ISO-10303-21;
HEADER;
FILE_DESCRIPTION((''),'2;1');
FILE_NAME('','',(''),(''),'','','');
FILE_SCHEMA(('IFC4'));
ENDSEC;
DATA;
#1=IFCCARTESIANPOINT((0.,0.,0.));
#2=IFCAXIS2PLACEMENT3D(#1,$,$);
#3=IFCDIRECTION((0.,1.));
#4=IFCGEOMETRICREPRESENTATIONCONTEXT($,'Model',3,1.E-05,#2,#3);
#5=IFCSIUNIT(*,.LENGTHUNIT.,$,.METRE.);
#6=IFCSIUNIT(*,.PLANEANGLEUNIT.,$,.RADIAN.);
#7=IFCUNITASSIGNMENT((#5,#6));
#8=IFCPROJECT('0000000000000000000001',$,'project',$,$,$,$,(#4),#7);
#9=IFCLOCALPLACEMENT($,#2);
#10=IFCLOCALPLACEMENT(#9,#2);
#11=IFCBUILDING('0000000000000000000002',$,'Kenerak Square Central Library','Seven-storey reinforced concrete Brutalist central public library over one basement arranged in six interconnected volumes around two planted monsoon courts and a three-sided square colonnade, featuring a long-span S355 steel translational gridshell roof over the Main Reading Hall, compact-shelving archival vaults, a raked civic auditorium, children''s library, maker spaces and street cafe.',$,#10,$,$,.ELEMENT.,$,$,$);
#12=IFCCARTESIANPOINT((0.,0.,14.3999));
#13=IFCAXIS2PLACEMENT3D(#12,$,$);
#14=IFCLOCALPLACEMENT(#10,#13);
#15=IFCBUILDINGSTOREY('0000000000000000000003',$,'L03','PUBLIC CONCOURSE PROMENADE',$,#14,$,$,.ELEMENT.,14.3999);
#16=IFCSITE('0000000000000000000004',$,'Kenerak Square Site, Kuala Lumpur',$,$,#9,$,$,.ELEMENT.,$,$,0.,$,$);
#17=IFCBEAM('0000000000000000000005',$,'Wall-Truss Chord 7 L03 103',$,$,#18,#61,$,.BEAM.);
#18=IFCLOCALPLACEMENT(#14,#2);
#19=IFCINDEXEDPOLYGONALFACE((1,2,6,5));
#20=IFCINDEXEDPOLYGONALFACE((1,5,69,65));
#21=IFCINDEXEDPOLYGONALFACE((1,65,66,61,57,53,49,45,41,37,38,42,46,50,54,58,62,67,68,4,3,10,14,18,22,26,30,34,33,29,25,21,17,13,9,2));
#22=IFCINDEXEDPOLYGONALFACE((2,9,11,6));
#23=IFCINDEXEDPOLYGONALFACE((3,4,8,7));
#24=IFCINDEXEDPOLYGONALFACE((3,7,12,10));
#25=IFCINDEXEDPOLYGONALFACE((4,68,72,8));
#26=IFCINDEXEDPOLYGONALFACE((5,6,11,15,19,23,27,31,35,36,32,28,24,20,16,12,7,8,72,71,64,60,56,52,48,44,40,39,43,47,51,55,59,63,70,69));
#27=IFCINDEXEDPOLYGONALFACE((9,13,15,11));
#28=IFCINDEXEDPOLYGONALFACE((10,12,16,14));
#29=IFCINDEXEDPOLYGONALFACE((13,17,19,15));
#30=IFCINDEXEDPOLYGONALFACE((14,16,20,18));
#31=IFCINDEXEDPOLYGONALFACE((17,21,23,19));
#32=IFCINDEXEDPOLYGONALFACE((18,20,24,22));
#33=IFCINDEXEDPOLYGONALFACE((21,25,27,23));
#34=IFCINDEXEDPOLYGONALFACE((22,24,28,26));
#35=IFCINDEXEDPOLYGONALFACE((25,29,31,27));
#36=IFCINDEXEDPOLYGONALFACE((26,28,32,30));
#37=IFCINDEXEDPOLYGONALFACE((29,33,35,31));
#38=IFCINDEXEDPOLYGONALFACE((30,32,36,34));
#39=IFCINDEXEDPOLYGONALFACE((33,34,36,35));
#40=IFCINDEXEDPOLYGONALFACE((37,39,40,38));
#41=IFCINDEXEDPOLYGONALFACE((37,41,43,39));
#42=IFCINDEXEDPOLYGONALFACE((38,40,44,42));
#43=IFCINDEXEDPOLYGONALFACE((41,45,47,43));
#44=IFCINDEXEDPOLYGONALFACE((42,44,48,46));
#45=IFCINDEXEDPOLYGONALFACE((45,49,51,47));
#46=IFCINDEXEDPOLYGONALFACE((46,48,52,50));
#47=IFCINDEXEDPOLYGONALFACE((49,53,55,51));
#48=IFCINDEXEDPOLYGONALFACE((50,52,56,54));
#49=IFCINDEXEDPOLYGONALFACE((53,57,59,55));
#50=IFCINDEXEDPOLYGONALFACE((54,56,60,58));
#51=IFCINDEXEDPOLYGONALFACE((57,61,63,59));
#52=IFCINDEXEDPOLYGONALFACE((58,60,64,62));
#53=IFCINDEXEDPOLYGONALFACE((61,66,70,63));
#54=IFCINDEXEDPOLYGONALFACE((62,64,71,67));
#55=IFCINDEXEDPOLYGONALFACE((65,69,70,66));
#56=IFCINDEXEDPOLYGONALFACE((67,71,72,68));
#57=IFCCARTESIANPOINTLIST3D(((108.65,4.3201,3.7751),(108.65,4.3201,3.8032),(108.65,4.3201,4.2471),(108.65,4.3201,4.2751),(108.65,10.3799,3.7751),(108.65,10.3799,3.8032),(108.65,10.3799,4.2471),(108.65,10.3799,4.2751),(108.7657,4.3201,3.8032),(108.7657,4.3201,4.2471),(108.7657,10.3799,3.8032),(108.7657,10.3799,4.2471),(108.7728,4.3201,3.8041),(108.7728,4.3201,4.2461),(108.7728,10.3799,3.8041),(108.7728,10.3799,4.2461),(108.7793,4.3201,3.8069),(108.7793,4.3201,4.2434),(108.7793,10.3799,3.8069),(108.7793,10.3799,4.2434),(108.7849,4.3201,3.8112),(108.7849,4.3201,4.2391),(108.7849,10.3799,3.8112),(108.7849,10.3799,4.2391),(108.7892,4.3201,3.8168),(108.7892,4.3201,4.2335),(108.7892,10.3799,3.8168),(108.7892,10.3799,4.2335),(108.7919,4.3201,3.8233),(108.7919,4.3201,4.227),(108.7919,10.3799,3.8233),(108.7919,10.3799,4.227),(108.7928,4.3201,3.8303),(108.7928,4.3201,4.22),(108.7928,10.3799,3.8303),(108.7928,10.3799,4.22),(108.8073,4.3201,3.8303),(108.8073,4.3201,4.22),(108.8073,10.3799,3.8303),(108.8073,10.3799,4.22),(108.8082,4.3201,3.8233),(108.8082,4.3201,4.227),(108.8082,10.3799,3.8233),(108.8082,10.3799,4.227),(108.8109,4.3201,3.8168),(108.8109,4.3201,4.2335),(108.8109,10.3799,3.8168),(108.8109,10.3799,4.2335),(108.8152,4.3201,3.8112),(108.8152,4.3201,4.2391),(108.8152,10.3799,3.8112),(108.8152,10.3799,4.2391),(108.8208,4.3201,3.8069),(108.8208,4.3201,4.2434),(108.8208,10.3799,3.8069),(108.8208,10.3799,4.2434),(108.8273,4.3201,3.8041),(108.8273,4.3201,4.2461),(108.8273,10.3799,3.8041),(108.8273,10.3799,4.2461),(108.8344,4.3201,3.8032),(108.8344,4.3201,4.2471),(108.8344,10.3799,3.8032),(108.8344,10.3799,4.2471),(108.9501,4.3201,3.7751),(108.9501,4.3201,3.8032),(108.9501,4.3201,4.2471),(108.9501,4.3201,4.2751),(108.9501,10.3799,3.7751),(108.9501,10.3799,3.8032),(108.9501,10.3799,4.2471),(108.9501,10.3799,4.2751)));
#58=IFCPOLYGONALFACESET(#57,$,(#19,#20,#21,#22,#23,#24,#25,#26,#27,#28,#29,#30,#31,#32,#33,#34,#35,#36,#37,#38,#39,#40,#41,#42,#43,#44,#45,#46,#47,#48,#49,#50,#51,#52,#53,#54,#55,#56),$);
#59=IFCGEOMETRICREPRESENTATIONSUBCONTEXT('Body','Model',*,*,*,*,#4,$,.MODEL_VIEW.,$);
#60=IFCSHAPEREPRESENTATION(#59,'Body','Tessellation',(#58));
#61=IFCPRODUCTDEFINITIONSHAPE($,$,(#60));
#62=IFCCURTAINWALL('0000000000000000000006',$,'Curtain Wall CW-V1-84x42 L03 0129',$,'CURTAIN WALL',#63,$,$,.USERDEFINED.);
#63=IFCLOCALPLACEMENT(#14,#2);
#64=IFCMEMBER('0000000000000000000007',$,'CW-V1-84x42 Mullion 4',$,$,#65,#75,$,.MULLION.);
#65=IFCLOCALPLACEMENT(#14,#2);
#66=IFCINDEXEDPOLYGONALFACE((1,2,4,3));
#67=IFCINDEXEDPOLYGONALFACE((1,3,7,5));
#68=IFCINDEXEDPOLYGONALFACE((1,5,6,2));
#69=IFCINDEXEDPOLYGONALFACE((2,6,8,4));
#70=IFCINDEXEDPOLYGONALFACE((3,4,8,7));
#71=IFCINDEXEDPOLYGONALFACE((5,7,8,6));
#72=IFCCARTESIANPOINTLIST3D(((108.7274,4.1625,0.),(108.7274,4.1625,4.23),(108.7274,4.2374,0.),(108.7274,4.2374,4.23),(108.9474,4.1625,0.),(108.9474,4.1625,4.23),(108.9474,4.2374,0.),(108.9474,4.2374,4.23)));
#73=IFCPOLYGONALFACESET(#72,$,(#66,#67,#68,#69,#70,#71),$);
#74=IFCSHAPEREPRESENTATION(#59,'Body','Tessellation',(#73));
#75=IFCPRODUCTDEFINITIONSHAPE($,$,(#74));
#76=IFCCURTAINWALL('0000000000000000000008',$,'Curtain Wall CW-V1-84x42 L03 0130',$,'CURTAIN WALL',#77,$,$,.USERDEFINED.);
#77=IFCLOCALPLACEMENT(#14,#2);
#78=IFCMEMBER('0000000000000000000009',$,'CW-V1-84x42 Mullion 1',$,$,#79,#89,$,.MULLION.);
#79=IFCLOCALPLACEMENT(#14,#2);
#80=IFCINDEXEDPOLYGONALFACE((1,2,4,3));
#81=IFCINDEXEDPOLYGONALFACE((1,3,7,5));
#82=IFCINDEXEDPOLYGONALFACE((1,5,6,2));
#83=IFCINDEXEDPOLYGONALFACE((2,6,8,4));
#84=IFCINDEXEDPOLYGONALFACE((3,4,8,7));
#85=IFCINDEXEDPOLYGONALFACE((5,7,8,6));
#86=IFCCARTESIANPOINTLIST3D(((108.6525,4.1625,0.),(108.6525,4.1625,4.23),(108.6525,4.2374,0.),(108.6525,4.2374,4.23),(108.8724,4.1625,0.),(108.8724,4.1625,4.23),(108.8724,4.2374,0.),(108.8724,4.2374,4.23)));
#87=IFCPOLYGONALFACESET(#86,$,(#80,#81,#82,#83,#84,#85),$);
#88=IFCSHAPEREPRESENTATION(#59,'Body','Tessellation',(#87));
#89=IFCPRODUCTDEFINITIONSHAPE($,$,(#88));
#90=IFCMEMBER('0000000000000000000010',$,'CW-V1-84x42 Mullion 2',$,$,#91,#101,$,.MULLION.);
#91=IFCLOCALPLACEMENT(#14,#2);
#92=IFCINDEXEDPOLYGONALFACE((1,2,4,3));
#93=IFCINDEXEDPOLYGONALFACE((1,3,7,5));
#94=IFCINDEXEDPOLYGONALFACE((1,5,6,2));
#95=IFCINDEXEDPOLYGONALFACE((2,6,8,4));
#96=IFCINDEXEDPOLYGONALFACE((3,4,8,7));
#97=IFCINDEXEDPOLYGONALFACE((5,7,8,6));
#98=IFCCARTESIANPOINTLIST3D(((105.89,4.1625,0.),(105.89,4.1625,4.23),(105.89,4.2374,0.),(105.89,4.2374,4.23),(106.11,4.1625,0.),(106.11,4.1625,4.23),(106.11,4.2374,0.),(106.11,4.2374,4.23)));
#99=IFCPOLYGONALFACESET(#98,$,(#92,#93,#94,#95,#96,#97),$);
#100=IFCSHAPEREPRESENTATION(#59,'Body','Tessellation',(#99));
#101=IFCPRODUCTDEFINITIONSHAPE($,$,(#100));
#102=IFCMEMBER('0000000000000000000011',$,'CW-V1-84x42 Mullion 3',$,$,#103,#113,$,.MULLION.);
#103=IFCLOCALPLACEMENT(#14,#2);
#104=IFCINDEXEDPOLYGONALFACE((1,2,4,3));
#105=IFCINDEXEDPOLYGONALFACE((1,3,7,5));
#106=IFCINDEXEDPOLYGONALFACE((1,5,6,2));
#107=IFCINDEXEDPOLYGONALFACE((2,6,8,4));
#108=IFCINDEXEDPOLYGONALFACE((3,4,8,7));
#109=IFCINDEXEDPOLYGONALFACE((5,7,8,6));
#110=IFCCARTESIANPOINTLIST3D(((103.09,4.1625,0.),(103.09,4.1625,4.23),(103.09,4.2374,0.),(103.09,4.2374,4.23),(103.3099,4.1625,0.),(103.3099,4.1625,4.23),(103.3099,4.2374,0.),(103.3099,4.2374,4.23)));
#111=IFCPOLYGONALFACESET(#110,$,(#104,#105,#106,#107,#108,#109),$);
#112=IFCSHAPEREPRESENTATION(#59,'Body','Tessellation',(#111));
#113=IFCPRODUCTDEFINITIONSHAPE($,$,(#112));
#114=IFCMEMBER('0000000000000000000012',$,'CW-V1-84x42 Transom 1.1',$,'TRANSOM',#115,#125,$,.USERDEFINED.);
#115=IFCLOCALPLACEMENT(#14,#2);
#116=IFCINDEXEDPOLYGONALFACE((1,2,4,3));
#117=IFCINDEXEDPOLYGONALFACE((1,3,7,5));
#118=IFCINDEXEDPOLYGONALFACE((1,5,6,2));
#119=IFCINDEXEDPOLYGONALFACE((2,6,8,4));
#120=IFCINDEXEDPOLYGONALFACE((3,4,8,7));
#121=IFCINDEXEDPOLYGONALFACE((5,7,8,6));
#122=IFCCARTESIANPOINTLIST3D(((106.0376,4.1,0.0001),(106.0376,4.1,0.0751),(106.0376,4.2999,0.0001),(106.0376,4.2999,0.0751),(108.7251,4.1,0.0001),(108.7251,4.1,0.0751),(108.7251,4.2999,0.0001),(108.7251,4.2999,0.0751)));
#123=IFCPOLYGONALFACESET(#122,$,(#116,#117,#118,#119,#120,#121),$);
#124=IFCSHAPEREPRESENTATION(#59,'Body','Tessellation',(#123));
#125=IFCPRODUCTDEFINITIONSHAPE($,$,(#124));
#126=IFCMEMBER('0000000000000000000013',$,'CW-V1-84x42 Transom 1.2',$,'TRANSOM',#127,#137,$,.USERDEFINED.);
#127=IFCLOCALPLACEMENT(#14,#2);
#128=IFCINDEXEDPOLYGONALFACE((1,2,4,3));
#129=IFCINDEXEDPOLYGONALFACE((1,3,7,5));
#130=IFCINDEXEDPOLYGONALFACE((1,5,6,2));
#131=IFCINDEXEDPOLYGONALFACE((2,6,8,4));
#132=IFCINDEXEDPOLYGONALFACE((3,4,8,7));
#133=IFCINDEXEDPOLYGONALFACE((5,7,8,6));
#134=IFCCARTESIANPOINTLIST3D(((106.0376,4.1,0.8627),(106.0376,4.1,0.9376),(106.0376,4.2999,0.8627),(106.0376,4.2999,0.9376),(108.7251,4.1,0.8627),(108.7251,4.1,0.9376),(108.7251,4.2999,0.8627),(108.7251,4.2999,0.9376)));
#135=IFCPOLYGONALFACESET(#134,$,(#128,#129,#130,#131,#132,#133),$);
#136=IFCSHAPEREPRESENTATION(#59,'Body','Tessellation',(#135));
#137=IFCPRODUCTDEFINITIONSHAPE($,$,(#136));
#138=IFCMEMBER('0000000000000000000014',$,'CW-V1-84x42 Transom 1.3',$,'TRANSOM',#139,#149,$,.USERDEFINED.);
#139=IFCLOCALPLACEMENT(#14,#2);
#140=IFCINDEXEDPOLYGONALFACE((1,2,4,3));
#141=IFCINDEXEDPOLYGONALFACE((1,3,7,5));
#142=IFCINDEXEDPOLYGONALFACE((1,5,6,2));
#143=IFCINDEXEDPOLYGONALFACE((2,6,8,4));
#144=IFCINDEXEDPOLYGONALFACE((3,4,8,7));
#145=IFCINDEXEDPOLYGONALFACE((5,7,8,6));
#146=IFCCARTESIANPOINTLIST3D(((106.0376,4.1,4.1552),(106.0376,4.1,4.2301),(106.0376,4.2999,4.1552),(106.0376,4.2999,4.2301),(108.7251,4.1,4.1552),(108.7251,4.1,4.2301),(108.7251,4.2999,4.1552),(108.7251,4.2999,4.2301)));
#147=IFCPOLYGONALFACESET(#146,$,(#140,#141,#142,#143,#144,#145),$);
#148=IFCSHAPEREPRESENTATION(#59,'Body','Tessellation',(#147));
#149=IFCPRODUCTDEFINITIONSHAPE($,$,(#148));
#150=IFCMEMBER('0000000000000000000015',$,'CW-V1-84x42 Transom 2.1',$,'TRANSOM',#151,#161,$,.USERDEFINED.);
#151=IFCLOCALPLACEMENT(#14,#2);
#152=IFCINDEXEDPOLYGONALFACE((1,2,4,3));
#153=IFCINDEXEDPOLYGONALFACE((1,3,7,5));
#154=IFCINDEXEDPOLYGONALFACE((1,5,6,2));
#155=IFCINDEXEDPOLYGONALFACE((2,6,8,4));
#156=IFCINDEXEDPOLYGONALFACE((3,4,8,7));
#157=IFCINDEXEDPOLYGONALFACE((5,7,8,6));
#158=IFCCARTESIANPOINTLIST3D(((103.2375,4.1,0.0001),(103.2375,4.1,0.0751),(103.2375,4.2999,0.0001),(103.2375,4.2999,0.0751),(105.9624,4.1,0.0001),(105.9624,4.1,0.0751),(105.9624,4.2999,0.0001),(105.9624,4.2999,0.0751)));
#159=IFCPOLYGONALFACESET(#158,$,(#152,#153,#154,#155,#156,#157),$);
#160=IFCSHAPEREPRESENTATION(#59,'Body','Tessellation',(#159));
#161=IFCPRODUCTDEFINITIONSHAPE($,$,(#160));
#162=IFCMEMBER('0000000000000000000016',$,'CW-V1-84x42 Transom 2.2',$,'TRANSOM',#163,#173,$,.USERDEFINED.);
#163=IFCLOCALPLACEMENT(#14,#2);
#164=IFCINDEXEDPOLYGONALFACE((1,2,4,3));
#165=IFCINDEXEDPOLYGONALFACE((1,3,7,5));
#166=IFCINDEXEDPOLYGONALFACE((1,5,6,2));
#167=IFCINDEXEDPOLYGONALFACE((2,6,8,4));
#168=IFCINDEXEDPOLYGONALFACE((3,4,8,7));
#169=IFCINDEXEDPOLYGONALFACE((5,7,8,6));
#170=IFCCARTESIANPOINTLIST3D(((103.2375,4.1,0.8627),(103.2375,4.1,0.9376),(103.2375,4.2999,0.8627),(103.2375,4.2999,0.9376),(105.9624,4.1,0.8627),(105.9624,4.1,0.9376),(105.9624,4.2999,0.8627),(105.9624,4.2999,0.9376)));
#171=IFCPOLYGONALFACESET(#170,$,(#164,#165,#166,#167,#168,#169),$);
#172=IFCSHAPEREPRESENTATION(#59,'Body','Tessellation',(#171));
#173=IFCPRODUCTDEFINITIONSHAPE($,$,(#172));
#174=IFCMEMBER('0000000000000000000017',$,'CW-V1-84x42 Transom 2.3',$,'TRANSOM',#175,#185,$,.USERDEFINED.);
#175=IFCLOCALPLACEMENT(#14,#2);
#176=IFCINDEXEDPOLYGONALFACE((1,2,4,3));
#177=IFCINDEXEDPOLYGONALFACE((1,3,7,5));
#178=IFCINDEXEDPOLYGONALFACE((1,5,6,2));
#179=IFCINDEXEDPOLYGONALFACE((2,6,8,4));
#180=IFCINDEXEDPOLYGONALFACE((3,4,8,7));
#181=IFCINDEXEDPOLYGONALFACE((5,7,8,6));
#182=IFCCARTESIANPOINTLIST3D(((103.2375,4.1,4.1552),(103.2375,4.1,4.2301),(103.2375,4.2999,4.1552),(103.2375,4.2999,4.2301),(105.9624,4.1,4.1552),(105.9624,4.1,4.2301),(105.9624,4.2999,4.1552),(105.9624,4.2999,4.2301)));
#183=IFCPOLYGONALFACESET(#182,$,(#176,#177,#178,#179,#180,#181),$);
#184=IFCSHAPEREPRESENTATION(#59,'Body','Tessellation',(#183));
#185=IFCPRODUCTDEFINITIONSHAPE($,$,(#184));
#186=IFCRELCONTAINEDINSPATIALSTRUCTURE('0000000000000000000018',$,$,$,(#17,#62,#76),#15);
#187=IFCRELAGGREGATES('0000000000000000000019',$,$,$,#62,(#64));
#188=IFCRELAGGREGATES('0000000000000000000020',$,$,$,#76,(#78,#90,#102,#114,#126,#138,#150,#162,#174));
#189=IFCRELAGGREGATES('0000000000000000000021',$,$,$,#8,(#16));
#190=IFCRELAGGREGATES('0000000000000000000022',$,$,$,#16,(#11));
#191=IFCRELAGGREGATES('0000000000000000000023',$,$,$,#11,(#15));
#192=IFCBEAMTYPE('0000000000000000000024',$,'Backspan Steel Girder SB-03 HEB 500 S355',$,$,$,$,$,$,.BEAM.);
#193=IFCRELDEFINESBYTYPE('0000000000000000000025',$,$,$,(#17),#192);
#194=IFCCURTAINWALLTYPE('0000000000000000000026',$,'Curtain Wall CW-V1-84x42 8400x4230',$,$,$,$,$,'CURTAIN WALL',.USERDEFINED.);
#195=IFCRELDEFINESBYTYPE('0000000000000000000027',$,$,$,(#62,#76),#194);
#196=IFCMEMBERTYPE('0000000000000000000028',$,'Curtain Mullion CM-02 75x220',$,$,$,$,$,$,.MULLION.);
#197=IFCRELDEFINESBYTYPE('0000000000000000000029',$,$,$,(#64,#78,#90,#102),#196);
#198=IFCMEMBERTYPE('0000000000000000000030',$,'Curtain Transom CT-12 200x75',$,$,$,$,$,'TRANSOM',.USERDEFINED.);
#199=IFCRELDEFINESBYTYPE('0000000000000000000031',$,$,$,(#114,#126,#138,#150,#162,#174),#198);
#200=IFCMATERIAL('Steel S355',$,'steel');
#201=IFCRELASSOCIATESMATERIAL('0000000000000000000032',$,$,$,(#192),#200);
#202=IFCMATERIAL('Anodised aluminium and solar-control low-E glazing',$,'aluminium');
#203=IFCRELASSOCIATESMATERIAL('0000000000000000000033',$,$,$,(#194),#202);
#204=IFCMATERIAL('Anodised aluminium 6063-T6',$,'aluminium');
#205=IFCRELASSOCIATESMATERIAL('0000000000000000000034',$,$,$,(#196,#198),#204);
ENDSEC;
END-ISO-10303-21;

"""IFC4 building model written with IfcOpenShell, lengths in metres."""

from ifc_helpers import new_model, si_unit, direction, frame, origin, origin_2d, place, context, subcontext, project, spatial, rectangle, i_section, extrude, material, material_profile, profile_set, type_object, element, aggregate, save


model = new_model("IFC4")

# Units and contexts
model_context = context("Model", 3, precision=1e-05, world=origin(), true_north=direction((0.0, 1.0)))
body_context = subcontext(model_context, "Body", "Model", "MODEL_VIEW")
ifc_project = project(units=[si_unit("LENGTHUNIT", "METRE"), si_unit("PLANEANGLEUNIT", "RADIAN")], contexts=[model_context])

# Site, building, storey
site_placement = place(None, origin())
site = spatial("IfcSite", under=ifc_project, at=site_placement, Name="Kenerak Square Site, Kuala Lumpur", CompositionType="ELEMENT", RefElevation=0.0)
building_placement = place(site_placement, origin())
building = spatial("IfcBuilding", under=site, at=building_placement, Name="Kenerak Square Central Library", Description="Seven-storey reinforced concrete Brutalist central public library over one basement arranged in six interconnected volumes around two planted monsoon courts and a three-sided square colonnade, featuring a long-span S355 steel translational gridshell roof over the Main Reading Hall, compact-shelving archival vaults, a raked civic auditorium, children's library, maker spaces and street cafe.", CompositionType="ELEMENT")
storey_placement = place(building_placement, frame((0.0, 0.0, 14.3999)))
storey = spatial("IfcBuildingStorey", under=building, at=storey_placement, Name="L03", Description="PUBLIC CONCOURSE PROMENADE", CompositionType="ELEMENT", Elevation=14.3999)

# Beam
ifc_material_1 = material(Name="Steel S355", Category="steel")
ifc_material_profile_1 = material_profile(ifc_material_1, i_section(OverallWidth=0.3, OverallDepth=0.5, WebThickness=0.0144, FlangeThickness=0.0281, FilletRadius=0.0271, at=origin_2d()), Name="HEB 500")
ifc_profile_set_1 = profile_set([ifc_material_profile_1], Name="Steel S355")
beam_type_1 = type_object("IfcBeamType", Name="Backspan Steel Girder SB-03 HEB 500 S355", PredefinedType="BEAM", material=ifc_profile_set_1)
beam_1_placement = place(storey_placement, frame((108.8, 4.3201, 4.0251), z_axis=(0.0, 1.0, 0.0), x_axis=(-1.0, 0.0, 0.0)))
element("IfcBeam", 1, at=beam_1_placement, inside=storey, type_object=beam_type_1, Name="Wall-Truss Chord 7 L03 103", PredefinedType="BEAM", context=body_context, shape_type="SweptSolid", body=[
    extrude(i_section(OverallWidth=0.3, OverallDepth=0.5, WebThickness=0.0144, FlangeThickness=0.0281, FilletRadius=0.0271, at=origin_2d()), origin(), (0.0, 0.0, 1.0), 6.0598),
])

# Curtain wall, member
ifc_material_2 = material(Name="Anodised aluminium and solar-control low-E glazing", Category="aluminium")
curtain_wall_type = type_object("IfcCurtainWallType", Name="Curtain Wall CW-V1-84x42 8400x4230", ElementType="CURTAIN WALL", PredefinedType="USERDEFINED", material=ifc_material_2)
curtain_wall_1_placement = place(storey_placement, origin())
curtain_wall_1 = element("IfcCurtainWall", 2, at=curtain_wall_1_placement, inside=storey, type_object=curtain_wall_type, Name="Curtain Wall CW-V1-84x42 L03 0129", ObjectType="CURTAIN WALL", PredefinedType="USERDEFINED")
ifc_material_3 = material(Name="Anodised aluminium 6063-T6", Category="aluminium")
ifc_material_profile_2 = material_profile(ifc_material_3, rectangle(XDim=0.075, YDim=0.22, at=origin_2d()), Name="AL MULLION 75x220")
ifc_profile_set_2 = profile_set([ifc_material_profile_2], Name="Anodised aluminium 6063-T6")
member_type_1 = type_object("IfcMemberType", Name="Curtain Mullion CM-02 75x220", PredefinedType="MULLION", material=ifc_profile_set_2)
member_1_placement = place(storey_placement, frame((108.8374, 4.2, 0.0), z_axis=(0.0, 0.0, 1.0), x_axis=(0.0, -1.0, 0.0)))
member_1 = element("IfcMember", 3, at=member_1_placement, type_object=member_type_1, Name="CW-V1-84x42 Mullion 4", PredefinedType="MULLION", context=body_context, shape_type="SweptSolid", body=[
    extrude(rectangle(XDim=0.075, YDim=0.22, at=origin_2d()), origin(), (0.0, 0.0, 1.0), 4.23),
])
aggregate(curtain_wall_1, [member_1])

# Curtain wall, members
curtain_wall_2_placement = place(storey_placement, origin())
curtain_wall_2 = element("IfcCurtainWall", 4, at=curtain_wall_2_placement, inside=storey, type_object=curtain_wall_type, Name="Curtain Wall CW-V1-84x42 L03 0130", ObjectType="CURTAIN WALL", PredefinedType="USERDEFINED")
member_2_placement = place(storey_placement, frame((108.7625, 4.2, 0.0), z_axis=(0.0, 0.0, 1.0), x_axis=(0.0, -1.0, 0.0)))
member_2 = element("IfcMember", 5, at=member_2_placement, type_object=member_type_1, Name="CW-V1-84x42 Mullion 1", PredefinedType="MULLION", context=body_context, shape_type="SweptSolid", body=[
    extrude(rectangle(XDim=0.075, YDim=0.22, at=origin_2d()), origin(), (0.0, 0.0, 1.0), 4.23),
])
member_3_placement = place(storey_placement, frame((106.0, 4.2, 0.0), z_axis=(0.0, 0.0, 1.0), x_axis=(0.0, -1.0, 0.0)))
member_3 = element("IfcMember", 6, at=member_3_placement, type_object=member_type_1, Name="CW-V1-84x42 Mullion 2", PredefinedType="MULLION", context=body_context, shape_type="SweptSolid", body=[
    extrude(rectangle(XDim=0.075, YDim=0.22, at=origin_2d()), origin(), (0.0, 0.0, 1.0), 4.23),
])
member_4_placement = place(storey_placement, frame((103.2, 4.2, 0.0), z_axis=(0.0, 0.0, 1.0), x_axis=(0.0, -1.0, 0.0)))
member_4 = element("IfcMember", 7, at=member_4_placement, type_object=member_type_1, Name="CW-V1-84x42 Mullion 3", PredefinedType="MULLION", context=body_context, shape_type="SweptSolid", body=[
    extrude(rectangle(XDim=0.075, YDim=0.22, at=origin_2d()), origin(), (0.0, 0.0, 1.0), 4.23),
])
ifc_material_profile_3 = material_profile(ifc_material_3, rectangle(XDim=0.2, YDim=0.075, at=origin_2d()), Name="AL TRANSOM 200x75")
ifc_profile_set_3 = profile_set([ifc_material_profile_3], Name="Anodised aluminium 6063-T6")
member_type_2 = type_object("IfcMemberType", Name="Curtain Transom CT-12 200x75", ElementType="TRANSOM", PredefinedType="USERDEFINED", material=ifc_profile_set_3)
member_5_placement = place(storey_placement, frame((108.7251, 4.2, 0.0376), z_axis=(-1.0, 0.0, 0.0), x_axis=(0.0, -1.0, 0.0)))
member_5 = element("IfcMember", 8, at=member_5_placement, type_object=member_type_2, Name="CW-V1-84x42 Transom 1.1", ObjectType="TRANSOM", PredefinedType="USERDEFINED", context=body_context, shape_type="SweptSolid", body=[
    extrude(rectangle(XDim=0.2, YDim=0.075, at=origin_2d()), origin(), (0.0, 0.0, 1.0), 2.6875),
])
member_6_placement = place(storey_placement, frame((108.7251, 4.2, 0.9001), z_axis=(-1.0, 0.0, 0.0), x_axis=(0.0, -1.0, 0.0)))
member_6 = element("IfcMember", 9, at=member_6_placement, type_object=member_type_2, Name="CW-V1-84x42 Transom 1.2", ObjectType="TRANSOM", PredefinedType="USERDEFINED", context=body_context, shape_type="SweptSolid", body=[
    extrude(rectangle(XDim=0.2, YDim=0.075, at=origin_2d()), origin(), (0.0, 0.0, 1.0), 2.6875),
])
member_7_placement = place(storey_placement, frame((108.7251, 4.2, 4.1926), z_axis=(-1.0, 0.0, 0.0), x_axis=(0.0, -1.0, 0.0)))
member_7 = element("IfcMember", 10, at=member_7_placement, type_object=member_type_2, Name="CW-V1-84x42 Transom 1.3", ObjectType="TRANSOM", PredefinedType="USERDEFINED", context=body_context, shape_type="SweptSolid", body=[
    extrude(rectangle(XDim=0.2, YDim=0.075, at=origin_2d()), origin(), (0.0, 0.0, 1.0), 2.6875),
])
member_8_placement = place(storey_placement, frame((105.9624, 4.2, 0.0376), z_axis=(-1.0, 0.0, 0.0), x_axis=(0.0, -1.0, 0.0)))
member_8 = element("IfcMember", 11, at=member_8_placement, type_object=member_type_2, Name="CW-V1-84x42 Transom 2.1", ObjectType="TRANSOM", PredefinedType="USERDEFINED", context=body_context, shape_type="SweptSolid", body=[
    extrude(rectangle(XDim=0.2, YDim=0.075, at=origin_2d()), origin(), (0.0, 0.0, 1.0), 2.7249),
])
member_9_placement = place(storey_placement, frame((105.9624, 4.2, 0.9001), z_axis=(-1.0, 0.0, 0.0), x_axis=(0.0, -1.0, 0.0)))
member_9 = element("IfcMember", 12, at=member_9_placement, type_object=member_type_2, Name="CW-V1-84x42 Transom 2.2", ObjectType="TRANSOM", PredefinedType="USERDEFINED", context=body_context, shape_type="SweptSolid", body=[
    extrude(rectangle(XDim=0.2, YDim=0.075, at=origin_2d()), origin(), (0.0, 0.0, 1.0), 2.7249),
])
member_10_placement = place(storey_placement, frame((105.9624, 4.2, 4.1926), z_axis=(-1.0, 0.0, 0.0), x_axis=(0.0, -1.0, 0.0)))
member_10 = element("IfcMember", 13, at=member_10_placement, type_object=member_type_2, Name="CW-V1-84x42 Transom 2.3", ObjectType="TRANSOM", PredefinedType="USERDEFINED", context=body_context, shape_type="SweptSolid", body=[
    extrude(rectangle(XDim=0.2, YDim=0.075, at=origin_2d()), origin(), (0.0, 0.0, 1.0), 2.7249),
])

aggregate(curtain_wall_2, [member_2, member_3, member_4, member_5, member_6, member_7, member_8, member_9, member_10])

save(model, "model.ifc")
